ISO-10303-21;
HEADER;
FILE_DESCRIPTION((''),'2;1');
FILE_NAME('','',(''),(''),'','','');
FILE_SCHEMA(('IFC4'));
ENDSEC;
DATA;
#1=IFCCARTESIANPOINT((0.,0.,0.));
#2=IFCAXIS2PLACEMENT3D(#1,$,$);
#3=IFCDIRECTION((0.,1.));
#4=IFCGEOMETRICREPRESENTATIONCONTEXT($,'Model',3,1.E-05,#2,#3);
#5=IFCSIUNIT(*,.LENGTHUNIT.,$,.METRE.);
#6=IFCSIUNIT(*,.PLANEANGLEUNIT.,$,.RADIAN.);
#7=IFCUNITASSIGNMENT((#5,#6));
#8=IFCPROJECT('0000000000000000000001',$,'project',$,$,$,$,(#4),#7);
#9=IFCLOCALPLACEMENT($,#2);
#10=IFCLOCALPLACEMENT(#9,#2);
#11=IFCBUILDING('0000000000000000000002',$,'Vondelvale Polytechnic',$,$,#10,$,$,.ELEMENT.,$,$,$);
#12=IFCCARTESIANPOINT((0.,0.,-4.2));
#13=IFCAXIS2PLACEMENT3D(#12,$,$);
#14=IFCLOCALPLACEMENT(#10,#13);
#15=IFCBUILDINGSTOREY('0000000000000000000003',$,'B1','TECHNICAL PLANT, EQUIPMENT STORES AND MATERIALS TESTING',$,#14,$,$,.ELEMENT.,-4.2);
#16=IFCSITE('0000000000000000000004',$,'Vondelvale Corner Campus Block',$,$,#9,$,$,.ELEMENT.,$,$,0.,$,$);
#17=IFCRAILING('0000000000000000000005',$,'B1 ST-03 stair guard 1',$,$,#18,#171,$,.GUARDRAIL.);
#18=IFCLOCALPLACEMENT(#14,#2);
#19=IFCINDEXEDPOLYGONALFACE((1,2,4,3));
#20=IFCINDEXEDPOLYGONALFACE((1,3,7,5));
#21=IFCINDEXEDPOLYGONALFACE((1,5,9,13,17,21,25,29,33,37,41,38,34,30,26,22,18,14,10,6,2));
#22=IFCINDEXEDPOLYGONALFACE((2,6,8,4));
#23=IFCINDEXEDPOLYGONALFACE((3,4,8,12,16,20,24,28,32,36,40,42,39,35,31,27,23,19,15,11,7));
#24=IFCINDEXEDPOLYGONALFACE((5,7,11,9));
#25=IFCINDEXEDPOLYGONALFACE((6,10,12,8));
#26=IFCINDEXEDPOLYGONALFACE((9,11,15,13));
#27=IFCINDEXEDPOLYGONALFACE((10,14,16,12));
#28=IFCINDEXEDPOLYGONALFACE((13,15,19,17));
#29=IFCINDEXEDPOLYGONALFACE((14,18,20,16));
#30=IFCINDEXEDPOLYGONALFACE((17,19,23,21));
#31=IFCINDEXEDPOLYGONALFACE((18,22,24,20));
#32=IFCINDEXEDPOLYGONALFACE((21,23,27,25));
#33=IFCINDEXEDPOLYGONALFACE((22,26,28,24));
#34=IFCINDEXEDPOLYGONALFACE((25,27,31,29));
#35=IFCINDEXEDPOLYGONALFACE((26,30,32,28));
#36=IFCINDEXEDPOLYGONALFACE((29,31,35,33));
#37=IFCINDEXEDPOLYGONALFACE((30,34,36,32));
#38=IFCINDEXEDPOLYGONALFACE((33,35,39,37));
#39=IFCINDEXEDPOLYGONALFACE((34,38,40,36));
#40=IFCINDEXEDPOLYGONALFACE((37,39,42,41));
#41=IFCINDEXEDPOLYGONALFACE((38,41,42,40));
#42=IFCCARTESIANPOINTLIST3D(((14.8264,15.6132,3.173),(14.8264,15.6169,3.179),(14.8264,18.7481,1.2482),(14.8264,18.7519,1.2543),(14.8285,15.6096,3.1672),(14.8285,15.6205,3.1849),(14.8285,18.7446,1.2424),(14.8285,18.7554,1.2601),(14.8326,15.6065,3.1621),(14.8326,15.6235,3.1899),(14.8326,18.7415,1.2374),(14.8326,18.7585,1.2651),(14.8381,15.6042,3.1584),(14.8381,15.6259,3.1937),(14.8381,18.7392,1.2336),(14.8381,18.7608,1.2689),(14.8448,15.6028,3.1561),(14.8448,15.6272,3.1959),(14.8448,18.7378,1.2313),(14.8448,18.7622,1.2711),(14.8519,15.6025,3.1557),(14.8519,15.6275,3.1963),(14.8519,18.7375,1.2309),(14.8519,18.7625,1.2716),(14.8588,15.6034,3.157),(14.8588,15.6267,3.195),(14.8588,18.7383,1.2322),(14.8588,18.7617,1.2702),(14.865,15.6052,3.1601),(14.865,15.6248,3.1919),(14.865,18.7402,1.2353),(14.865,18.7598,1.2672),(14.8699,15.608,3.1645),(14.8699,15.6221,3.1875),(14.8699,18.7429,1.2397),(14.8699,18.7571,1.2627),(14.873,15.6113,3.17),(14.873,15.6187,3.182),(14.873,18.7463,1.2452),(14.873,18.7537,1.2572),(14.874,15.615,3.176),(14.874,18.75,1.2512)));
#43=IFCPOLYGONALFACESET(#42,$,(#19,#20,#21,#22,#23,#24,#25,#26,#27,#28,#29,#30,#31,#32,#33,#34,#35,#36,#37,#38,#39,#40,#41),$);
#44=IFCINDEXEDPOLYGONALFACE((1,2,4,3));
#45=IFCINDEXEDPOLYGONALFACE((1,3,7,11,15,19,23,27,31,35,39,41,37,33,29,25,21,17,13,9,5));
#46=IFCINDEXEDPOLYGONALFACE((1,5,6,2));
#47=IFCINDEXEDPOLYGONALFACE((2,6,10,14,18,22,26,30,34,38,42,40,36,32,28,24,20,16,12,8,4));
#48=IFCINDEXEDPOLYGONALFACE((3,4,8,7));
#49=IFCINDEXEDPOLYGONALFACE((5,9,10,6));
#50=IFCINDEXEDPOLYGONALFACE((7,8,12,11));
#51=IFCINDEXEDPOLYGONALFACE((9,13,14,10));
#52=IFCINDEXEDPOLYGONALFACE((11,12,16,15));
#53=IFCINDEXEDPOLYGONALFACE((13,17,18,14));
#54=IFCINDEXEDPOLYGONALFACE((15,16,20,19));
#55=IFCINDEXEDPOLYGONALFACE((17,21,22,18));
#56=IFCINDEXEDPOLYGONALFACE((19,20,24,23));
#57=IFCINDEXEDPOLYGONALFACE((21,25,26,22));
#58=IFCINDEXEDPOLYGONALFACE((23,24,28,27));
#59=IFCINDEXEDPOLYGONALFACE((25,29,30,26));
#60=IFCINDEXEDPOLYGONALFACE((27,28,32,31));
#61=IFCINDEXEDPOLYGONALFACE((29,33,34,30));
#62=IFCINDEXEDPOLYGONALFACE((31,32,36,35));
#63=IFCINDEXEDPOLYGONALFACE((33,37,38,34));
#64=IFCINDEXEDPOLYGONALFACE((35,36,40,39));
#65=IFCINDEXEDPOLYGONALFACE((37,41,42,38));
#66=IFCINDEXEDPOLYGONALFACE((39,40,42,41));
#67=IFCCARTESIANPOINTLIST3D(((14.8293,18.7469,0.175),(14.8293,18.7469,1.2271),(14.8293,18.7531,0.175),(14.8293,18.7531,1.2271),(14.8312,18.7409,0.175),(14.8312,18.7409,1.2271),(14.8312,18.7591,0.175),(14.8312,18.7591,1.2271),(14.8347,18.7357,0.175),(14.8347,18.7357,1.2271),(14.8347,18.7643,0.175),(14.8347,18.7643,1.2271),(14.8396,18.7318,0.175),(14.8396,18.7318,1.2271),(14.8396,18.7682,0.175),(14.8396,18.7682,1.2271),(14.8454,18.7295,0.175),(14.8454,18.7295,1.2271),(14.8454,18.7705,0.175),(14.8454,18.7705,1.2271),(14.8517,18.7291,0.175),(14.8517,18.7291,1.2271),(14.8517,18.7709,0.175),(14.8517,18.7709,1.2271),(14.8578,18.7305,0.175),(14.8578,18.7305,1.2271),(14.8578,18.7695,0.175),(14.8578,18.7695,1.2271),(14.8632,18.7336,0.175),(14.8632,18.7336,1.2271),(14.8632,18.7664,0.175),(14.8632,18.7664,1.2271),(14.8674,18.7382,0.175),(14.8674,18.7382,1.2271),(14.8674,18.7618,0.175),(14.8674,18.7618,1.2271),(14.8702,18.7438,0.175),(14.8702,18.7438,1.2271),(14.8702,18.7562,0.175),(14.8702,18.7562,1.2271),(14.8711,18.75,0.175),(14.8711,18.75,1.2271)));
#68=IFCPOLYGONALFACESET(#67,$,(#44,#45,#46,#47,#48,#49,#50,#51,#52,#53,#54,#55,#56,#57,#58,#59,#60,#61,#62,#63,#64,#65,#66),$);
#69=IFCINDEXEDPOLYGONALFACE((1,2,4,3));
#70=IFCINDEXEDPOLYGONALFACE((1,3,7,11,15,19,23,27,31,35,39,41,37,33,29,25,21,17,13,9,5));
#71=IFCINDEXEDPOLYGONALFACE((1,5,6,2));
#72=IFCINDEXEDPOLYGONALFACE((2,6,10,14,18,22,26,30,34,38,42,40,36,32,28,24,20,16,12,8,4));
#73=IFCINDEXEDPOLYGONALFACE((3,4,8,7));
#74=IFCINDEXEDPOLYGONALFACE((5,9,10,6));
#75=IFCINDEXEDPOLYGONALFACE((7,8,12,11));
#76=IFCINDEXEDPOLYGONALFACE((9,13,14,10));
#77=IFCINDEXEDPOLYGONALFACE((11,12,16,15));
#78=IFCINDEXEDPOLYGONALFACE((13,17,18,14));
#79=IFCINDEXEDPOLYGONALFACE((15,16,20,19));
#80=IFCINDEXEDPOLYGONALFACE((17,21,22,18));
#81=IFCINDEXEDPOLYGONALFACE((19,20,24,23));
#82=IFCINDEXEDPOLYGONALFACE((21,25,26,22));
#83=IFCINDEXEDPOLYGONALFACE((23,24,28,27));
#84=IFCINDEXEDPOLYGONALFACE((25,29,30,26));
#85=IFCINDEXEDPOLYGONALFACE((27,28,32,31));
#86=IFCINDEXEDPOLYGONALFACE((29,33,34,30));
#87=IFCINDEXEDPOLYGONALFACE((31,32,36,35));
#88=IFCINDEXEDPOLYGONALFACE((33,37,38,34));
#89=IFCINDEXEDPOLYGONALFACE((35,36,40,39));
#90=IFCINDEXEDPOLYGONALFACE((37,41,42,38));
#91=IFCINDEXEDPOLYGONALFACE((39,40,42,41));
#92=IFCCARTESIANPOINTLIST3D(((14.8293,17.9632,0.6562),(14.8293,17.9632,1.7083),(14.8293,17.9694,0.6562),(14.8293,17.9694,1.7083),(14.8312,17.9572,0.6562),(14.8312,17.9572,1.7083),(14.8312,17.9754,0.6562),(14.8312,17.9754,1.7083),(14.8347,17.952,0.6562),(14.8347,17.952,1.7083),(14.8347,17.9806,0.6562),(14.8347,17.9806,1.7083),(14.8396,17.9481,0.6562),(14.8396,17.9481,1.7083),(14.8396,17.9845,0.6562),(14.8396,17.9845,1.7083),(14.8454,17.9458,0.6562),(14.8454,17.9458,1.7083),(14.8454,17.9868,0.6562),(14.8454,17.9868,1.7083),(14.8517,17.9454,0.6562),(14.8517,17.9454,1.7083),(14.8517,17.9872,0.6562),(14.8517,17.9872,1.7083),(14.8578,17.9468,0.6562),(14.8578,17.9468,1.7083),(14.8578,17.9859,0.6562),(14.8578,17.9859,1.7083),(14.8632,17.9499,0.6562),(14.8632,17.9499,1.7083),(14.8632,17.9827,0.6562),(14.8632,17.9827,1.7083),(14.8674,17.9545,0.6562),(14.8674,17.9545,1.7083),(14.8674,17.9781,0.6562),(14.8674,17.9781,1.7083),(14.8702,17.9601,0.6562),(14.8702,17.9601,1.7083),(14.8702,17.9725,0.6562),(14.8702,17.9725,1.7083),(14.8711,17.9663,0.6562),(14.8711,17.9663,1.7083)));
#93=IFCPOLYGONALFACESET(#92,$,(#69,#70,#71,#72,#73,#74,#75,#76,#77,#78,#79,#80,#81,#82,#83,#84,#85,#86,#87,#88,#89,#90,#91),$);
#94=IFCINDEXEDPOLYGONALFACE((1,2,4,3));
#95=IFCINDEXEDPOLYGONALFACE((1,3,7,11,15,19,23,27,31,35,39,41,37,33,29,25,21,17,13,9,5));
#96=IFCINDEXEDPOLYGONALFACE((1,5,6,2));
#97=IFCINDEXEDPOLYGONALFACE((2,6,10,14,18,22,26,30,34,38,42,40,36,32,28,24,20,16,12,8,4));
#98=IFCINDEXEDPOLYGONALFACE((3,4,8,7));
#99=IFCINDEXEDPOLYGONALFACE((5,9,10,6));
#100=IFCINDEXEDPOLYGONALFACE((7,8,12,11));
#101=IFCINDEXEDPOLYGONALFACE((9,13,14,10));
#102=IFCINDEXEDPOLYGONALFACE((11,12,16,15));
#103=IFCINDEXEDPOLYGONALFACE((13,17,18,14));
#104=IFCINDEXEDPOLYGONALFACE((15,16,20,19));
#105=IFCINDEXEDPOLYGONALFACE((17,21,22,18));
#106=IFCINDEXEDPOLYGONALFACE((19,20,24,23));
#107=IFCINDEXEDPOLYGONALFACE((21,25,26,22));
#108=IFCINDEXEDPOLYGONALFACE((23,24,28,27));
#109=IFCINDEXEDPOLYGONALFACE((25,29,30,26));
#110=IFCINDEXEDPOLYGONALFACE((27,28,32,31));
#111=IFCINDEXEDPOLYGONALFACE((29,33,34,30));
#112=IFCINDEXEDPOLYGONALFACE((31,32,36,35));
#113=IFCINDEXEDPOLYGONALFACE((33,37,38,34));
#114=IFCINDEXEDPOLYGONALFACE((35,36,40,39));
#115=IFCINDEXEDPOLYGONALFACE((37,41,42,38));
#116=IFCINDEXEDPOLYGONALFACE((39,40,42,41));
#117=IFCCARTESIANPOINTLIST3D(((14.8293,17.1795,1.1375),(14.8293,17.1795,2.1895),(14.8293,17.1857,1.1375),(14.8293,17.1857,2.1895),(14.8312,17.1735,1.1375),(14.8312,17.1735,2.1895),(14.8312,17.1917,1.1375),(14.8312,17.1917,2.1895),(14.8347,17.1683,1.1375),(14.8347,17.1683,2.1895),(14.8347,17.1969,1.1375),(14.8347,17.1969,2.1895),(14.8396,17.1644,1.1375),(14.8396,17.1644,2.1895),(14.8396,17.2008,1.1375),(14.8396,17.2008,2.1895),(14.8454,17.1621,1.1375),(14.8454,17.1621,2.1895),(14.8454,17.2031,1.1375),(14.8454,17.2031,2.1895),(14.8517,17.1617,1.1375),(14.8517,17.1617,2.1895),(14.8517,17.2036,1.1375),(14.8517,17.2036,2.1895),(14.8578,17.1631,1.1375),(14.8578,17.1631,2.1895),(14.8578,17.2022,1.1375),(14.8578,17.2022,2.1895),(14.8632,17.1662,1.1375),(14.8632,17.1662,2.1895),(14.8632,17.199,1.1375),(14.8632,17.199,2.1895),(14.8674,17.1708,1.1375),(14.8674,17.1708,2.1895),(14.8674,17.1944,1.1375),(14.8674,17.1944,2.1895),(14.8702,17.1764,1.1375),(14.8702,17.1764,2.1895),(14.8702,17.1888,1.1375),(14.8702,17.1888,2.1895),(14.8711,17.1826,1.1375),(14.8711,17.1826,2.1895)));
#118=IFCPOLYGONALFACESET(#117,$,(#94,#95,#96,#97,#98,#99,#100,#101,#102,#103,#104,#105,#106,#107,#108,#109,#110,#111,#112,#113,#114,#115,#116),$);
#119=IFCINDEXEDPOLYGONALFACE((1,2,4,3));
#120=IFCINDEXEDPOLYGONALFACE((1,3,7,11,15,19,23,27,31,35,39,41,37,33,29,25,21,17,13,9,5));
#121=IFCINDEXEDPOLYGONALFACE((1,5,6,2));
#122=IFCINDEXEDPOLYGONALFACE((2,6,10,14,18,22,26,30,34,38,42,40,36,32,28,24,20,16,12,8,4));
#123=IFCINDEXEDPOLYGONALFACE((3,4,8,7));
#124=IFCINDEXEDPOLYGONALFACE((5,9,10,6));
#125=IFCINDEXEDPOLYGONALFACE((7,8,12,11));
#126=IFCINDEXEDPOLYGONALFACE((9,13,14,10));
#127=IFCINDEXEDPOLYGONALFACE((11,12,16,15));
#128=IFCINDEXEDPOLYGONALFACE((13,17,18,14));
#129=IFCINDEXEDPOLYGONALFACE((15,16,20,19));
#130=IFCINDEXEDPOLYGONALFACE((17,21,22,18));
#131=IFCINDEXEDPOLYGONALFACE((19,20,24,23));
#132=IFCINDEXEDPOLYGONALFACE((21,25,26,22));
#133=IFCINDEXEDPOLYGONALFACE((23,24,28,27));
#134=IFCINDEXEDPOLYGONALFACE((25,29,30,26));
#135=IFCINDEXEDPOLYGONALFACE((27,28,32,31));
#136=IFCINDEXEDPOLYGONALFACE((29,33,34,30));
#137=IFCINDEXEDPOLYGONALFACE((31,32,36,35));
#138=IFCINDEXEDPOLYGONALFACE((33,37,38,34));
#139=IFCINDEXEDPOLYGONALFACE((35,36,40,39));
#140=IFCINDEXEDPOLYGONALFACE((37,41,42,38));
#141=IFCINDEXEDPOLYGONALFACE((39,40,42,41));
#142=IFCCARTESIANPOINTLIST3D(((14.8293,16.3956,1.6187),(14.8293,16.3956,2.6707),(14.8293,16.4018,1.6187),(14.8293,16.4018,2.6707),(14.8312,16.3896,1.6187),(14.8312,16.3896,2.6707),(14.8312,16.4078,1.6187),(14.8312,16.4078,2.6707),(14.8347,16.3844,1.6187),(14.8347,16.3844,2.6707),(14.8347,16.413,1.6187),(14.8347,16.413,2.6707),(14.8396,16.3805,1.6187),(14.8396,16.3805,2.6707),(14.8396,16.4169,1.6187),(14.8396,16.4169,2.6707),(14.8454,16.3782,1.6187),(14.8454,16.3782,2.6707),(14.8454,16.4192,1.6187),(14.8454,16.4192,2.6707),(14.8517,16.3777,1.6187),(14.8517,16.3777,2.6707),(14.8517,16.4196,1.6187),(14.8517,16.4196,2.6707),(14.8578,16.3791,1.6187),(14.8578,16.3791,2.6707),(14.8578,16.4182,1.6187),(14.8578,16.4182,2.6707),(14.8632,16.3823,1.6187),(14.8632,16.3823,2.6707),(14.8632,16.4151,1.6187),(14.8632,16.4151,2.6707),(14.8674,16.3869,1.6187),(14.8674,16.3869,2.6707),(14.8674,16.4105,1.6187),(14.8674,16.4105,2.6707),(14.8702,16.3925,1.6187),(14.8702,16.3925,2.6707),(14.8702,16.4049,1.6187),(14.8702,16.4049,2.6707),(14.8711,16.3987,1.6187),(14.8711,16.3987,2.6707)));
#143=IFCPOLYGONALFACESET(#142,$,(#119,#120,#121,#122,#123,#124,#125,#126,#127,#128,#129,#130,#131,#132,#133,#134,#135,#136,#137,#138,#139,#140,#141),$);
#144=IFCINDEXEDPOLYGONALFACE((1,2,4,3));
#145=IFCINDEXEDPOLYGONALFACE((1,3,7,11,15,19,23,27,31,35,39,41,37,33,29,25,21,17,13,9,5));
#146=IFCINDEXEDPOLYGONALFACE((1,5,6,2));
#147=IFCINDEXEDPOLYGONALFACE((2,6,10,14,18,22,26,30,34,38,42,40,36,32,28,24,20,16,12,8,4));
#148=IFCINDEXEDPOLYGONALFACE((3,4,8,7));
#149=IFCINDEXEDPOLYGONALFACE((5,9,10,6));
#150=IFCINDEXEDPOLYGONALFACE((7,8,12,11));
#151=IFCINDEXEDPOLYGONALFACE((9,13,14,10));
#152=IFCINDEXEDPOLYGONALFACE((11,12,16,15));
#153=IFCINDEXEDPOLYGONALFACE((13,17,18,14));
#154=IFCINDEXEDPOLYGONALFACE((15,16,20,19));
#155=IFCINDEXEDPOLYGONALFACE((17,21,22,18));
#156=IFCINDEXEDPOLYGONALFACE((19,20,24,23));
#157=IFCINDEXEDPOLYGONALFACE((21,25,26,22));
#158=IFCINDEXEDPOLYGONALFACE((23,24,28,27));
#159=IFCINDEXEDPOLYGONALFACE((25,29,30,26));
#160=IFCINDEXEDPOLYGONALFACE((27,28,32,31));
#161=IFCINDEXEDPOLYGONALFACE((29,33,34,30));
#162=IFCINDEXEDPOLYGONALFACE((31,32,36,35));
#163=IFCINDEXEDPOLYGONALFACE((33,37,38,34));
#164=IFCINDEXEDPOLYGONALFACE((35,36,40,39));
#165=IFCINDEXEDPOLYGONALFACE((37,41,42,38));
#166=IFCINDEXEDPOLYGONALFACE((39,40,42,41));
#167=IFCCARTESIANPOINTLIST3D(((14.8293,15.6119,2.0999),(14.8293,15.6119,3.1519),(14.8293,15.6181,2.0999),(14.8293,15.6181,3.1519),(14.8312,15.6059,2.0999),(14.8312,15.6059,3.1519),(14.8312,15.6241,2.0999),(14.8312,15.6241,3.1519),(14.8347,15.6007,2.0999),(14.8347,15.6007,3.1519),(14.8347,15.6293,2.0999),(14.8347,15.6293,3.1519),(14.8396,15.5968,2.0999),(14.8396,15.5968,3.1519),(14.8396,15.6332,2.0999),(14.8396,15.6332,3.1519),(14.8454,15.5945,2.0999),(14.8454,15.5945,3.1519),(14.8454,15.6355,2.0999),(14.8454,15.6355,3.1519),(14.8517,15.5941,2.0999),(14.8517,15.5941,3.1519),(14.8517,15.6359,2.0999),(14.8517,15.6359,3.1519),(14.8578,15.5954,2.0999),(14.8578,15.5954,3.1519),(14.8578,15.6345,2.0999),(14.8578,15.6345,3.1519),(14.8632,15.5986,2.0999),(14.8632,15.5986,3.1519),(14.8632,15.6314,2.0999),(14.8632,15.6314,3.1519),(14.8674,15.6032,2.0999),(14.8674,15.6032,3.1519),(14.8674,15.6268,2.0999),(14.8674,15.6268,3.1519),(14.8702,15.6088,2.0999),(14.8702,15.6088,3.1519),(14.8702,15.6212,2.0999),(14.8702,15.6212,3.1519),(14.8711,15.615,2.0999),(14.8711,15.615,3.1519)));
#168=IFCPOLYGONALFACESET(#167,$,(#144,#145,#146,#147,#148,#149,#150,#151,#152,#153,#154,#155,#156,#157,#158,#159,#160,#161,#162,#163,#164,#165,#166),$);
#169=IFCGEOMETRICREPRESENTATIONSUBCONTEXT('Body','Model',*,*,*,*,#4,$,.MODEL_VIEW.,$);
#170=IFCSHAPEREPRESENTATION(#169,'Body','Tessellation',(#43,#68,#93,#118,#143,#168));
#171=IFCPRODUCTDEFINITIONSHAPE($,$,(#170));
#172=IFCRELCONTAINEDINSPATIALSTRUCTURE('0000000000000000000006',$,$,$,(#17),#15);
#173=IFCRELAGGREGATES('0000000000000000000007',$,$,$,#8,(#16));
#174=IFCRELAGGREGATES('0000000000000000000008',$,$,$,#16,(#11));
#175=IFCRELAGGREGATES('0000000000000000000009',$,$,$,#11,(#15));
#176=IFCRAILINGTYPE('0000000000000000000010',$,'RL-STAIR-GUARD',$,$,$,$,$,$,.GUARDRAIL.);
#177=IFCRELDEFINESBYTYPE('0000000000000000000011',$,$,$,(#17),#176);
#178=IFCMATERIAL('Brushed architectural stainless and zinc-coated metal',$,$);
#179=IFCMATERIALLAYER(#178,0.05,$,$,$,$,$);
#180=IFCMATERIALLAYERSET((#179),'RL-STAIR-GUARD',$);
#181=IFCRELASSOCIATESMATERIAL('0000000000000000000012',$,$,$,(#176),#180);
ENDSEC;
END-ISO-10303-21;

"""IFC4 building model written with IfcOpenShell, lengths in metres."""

from ifc_helpers import new_model, si_unit, direction, frame, origin, origin_2d, place, context, subcontext, project, spatial, circle, extrude, material, layer, layer_set, type_object, element, save


model = new_model("IFC4")

# Units and contexts
model_context = context("Model", 3, precision=1e-05, world=origin(), true_north=direction((0.0, 1.0)))
body_context = subcontext(model_context, "Body", "Model", "MODEL_VIEW")
ifc_project = project(units=[si_unit("LENGTHUNIT", "METRE"), si_unit("PLANEANGLEUNIT", "RADIAN")], contexts=[model_context])

# Site, building, storey
site_placement = place(None, origin())
site = spatial("IfcSite", under=ifc_project, at=site_placement, Name="Vondelvale Corner Campus Block", CompositionType="ELEMENT", RefElevation=0.0)
building_placement = place(site_placement, origin())
building = spatial("IfcBuilding", under=site, at=building_placement, Name="Vondelvale Polytechnic", CompositionType="ELEMENT")
storey_placement = place(building_placement, frame((0.0, 0.0, -4.2)))
storey = spatial("IfcBuildingStorey", under=building, at=storey_placement, Name="B1", Description="TECHNICAL PLANT, EQUIPMENT STORES AND MATERIALS TESTING", CompositionType="ELEMENT", Elevation=-4.2)

# Shared definitions
ifc_material_1 = material(Name="Brushed architectural stainless and zinc-coated metal")

# Railing
ifc_layer_1 = layer(ifc_material_1, 0.05)
ifc_layer_set_1 = layer_set([ifc_layer_1], Name="RL-STAIR-GUARD")
railing_type_1 = type_object("IfcRailingType", Name="RL-STAIR-GUARD", PredefinedType="GUARDRAIL", material=ifc_layer_set_1)
railing_1_placement = place(storey_placement, frame((14.8501, 18.75, 0.175)))
element("IfcRailing", 1, at=railing_1_placement, inside=storey, type_object=railing_type_1, Name="B1 ST-03 stair guard 1", PredefinedType="GUARDRAIL", context=body_context, shape_type="SweptSolid", body=[
    extrude(circle(Radius=0.0239, at=origin_2d()), frame((0.0, 0.0, 1.0762), z_axis=(0.0, -0.852196, 0.523223), x_axis=(1.0, 0.0, 0.0)), (0.0, 0.0, 1.0), 3.6787),
    extrude(circle(Radius=0.021, at=origin_2d()), origin(), (0.0, 0.0, 1.0), 1.052),
    extrude(circle(Radius=0.021, at=origin_2d()), frame((0.0, -0.7837, 0.4812)), (0.0, 0.0, 1.0), 1.052),
    extrude(circle(Radius=0.021, at=origin_2d()), frame((0.0, -1.5674, 0.9624)), (0.0, 0.0, 1.0), 1.052),
    extrude(circle(Radius=0.021, at=origin_2d()), frame((0.0, -2.3513, 1.4436)), (0.0, 0.0, 1.0), 1.052),
    extrude(circle(Radius=0.021, at=origin_2d()), frame((0.0, -3.135, 1.9248)), (0.0, 0.0, 1.0), 1.052),
])

save(model, "model.ifc")
